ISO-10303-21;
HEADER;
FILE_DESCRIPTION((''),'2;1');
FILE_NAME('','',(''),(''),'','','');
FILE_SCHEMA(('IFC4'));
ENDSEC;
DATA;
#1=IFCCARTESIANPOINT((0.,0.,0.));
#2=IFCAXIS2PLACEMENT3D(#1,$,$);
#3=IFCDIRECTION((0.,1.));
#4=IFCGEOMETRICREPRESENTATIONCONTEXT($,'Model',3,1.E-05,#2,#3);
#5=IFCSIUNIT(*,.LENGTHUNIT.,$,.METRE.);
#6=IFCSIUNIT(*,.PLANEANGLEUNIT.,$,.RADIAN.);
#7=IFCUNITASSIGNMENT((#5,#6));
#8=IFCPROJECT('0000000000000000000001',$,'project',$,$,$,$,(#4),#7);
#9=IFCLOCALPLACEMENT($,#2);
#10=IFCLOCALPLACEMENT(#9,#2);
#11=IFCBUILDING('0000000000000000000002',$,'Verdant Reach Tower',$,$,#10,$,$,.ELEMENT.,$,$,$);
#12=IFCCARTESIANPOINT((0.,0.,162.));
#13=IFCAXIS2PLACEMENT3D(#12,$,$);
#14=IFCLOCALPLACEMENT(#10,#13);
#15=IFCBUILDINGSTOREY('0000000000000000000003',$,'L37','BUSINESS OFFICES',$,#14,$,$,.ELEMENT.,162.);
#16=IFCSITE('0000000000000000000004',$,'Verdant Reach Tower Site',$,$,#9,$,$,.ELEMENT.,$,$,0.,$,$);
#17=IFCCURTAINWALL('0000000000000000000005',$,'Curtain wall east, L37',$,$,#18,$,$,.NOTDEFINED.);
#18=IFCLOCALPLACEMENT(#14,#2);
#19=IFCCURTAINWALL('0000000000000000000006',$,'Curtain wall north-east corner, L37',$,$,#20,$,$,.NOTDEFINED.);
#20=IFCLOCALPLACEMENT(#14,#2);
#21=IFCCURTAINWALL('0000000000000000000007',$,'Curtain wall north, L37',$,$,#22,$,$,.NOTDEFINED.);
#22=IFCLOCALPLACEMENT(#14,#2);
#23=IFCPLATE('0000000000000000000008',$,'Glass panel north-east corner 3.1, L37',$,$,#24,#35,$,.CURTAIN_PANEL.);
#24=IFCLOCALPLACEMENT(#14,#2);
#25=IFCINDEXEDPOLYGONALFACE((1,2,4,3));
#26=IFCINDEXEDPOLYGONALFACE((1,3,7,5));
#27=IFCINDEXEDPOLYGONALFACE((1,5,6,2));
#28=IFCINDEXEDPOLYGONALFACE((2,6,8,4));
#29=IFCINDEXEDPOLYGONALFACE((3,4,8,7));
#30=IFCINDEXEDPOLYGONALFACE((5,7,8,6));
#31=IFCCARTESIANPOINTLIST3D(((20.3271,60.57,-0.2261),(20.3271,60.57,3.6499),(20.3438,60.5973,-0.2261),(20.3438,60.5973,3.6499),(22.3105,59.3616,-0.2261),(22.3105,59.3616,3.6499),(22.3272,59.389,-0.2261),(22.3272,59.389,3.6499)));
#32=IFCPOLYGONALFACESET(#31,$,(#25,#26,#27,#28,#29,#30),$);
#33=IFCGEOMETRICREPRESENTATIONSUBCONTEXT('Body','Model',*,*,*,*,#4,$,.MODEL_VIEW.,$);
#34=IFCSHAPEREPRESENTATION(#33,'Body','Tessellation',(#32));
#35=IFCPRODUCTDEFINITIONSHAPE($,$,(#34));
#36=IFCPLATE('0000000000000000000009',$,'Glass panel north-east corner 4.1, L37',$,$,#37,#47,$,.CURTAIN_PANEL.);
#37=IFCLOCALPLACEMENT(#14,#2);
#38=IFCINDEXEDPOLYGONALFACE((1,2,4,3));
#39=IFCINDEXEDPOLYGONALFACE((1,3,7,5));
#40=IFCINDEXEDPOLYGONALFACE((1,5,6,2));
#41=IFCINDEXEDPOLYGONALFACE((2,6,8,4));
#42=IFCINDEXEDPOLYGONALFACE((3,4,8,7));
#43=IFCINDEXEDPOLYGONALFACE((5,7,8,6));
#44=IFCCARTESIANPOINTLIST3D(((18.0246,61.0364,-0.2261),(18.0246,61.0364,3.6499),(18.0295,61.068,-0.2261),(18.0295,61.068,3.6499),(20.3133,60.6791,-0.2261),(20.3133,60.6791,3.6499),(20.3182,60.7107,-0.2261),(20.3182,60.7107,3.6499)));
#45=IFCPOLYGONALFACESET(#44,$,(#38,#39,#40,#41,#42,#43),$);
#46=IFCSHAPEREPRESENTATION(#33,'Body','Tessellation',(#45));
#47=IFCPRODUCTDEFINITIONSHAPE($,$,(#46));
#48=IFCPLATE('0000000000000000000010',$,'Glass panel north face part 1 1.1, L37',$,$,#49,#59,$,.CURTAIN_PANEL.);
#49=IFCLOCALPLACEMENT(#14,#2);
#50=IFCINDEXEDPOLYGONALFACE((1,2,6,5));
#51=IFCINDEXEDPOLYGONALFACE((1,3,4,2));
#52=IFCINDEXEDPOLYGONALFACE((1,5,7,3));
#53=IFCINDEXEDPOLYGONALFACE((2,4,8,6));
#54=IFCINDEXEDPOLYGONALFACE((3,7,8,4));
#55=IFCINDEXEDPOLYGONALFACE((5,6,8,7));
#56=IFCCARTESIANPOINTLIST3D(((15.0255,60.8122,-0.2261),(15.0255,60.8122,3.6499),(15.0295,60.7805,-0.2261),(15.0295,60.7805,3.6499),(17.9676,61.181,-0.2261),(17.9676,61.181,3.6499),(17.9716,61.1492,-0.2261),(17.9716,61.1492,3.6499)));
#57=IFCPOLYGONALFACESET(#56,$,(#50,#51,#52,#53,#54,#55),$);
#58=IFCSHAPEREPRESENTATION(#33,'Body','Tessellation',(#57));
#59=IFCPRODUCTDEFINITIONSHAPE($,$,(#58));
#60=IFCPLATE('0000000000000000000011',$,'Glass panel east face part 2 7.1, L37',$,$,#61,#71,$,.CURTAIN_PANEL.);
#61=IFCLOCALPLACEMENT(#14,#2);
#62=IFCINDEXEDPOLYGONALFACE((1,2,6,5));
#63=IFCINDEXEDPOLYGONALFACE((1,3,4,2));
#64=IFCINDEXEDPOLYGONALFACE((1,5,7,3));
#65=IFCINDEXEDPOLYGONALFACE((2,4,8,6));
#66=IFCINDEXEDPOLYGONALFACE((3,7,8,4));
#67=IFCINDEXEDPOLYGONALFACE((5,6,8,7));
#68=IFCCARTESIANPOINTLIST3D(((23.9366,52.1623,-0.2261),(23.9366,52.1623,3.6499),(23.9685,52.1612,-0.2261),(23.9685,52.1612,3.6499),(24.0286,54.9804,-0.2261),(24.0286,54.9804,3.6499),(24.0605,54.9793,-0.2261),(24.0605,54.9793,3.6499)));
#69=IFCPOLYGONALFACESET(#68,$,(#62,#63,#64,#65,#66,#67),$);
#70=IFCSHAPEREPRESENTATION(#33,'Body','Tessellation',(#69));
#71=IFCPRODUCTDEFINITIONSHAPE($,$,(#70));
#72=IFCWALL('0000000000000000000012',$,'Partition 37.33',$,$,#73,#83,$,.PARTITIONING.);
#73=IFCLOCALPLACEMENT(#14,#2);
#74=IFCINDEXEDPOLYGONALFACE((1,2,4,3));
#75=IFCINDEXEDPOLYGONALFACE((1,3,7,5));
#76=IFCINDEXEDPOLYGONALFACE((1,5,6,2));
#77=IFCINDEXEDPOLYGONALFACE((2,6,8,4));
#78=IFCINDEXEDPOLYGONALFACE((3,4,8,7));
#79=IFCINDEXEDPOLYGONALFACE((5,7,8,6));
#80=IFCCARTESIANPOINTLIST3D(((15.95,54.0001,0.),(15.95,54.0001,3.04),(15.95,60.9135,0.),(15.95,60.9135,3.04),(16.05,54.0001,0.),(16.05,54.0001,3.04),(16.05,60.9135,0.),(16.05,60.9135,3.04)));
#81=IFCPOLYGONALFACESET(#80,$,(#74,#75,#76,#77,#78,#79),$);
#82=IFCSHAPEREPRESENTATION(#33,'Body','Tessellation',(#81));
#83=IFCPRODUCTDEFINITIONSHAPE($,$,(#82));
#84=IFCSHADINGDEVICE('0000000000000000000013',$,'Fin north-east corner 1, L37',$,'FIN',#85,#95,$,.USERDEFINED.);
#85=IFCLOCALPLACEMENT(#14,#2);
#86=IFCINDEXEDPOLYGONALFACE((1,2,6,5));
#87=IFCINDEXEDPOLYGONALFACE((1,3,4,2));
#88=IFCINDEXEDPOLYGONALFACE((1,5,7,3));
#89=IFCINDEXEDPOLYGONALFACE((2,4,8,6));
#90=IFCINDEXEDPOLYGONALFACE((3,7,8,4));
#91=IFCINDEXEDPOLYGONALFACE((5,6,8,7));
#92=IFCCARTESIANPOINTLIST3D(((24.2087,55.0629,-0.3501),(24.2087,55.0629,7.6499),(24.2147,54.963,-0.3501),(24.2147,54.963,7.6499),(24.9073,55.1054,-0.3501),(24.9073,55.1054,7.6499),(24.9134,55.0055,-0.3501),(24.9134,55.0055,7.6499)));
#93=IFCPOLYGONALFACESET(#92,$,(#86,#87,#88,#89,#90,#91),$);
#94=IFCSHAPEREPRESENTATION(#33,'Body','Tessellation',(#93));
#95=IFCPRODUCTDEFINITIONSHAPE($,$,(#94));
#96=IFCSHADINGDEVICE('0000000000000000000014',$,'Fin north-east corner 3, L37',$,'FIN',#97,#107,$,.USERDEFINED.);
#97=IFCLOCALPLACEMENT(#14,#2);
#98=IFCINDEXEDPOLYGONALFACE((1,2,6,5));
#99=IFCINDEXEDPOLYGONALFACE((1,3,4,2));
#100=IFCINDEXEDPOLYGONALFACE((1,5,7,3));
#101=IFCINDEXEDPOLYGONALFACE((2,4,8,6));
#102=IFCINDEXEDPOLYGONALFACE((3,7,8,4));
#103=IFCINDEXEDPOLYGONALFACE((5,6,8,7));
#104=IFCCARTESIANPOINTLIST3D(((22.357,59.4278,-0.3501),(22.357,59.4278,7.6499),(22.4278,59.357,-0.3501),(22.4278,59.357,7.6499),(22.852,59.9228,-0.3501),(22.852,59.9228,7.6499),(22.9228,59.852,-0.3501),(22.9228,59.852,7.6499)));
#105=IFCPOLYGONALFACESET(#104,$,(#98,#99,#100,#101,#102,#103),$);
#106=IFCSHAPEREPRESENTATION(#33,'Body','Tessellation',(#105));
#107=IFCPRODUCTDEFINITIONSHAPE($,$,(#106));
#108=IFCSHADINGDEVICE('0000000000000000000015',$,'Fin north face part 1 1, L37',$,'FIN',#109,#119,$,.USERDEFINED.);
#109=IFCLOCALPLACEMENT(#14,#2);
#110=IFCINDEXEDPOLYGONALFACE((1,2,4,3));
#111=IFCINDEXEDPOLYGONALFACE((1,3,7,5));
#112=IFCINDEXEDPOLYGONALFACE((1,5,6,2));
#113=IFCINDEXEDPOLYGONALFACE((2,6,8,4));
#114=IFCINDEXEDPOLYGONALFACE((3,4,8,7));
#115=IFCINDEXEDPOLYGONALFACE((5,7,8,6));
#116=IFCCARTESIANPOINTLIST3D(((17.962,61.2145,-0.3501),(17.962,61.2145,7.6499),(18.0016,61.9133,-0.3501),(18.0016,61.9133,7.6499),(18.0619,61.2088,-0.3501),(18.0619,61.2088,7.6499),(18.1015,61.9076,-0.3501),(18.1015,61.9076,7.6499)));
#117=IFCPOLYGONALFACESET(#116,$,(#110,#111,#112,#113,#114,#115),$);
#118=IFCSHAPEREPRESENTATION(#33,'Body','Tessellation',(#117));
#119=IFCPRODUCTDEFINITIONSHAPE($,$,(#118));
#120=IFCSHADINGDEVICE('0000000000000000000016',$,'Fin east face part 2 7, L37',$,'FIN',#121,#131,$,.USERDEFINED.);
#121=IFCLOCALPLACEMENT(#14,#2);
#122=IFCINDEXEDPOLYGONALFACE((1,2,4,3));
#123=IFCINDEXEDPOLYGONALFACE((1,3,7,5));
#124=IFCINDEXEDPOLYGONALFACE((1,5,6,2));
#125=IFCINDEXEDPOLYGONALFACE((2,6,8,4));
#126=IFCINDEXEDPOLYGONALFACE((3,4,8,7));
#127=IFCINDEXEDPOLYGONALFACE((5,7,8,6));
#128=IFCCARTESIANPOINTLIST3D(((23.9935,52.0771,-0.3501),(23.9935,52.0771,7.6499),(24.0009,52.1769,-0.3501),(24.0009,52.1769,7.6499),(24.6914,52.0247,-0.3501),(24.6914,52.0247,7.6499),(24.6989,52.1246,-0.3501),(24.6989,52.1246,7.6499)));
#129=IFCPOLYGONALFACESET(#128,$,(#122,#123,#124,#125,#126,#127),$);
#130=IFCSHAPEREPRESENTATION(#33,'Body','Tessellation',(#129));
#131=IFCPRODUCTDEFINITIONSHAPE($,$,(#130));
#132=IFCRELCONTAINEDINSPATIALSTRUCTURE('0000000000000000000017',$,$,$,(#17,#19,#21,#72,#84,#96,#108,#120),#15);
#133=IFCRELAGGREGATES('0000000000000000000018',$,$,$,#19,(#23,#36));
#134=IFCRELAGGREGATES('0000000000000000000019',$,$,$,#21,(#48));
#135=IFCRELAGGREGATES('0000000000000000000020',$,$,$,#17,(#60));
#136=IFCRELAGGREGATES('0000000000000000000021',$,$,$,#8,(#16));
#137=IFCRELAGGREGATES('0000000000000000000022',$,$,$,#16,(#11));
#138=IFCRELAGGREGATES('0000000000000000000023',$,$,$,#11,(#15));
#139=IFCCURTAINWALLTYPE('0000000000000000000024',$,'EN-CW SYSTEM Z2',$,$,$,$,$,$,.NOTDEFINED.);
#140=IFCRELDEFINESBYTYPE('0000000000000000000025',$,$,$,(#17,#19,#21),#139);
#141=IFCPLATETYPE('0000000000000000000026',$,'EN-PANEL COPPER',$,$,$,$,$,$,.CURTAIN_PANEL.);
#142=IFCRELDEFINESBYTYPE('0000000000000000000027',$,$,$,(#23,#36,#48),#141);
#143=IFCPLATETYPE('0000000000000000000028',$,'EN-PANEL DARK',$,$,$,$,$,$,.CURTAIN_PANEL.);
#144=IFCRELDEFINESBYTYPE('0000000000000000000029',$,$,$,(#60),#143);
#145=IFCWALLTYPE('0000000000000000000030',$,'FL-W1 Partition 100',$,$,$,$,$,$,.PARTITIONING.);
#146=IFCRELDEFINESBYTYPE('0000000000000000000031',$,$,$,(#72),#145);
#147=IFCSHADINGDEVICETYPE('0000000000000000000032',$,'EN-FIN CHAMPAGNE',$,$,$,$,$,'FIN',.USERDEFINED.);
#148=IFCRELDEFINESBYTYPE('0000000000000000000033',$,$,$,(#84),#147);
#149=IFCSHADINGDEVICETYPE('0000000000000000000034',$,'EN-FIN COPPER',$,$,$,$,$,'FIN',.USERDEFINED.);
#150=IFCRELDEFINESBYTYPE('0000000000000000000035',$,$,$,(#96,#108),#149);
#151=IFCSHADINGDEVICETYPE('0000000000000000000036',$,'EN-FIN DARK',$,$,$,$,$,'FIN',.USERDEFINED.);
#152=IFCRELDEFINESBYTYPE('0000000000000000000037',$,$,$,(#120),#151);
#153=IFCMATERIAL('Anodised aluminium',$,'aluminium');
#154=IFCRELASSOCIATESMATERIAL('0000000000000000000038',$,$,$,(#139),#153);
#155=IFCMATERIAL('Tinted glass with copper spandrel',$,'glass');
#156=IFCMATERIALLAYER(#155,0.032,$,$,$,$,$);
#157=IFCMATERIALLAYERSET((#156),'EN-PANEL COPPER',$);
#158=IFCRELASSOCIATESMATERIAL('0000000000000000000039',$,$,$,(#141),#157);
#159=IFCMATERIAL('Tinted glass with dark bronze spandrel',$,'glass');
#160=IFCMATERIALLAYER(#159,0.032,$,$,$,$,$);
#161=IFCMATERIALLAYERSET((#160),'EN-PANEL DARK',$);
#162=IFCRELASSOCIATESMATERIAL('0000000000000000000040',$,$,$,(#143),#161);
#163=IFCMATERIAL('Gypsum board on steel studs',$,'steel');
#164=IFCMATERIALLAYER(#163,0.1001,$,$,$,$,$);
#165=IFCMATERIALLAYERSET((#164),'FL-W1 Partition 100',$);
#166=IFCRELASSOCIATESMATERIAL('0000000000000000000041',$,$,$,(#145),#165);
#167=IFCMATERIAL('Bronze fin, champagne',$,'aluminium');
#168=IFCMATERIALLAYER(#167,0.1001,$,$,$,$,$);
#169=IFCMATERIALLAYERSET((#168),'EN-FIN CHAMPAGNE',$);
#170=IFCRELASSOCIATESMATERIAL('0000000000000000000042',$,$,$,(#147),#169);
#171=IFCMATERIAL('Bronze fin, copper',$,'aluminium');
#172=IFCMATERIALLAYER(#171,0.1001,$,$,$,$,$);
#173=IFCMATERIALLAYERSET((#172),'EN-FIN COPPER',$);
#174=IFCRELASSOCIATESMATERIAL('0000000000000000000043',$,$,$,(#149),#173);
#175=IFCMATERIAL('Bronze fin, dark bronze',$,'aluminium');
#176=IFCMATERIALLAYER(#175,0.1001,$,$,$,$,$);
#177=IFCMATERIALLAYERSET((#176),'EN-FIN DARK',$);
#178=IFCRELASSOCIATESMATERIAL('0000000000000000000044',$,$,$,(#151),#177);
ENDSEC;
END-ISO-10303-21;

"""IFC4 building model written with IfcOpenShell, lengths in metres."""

from ifc_helpers import new_model, si_unit, direction, frame, frame_2d, origin, origin_2d, place, context, subcontext, project, spatial, rectangle, extrude, material, layer, layer_set, type_object, element, aggregate, save


model = new_model("IFC4")

# Units and contexts
model_context = context("Model", 3, precision=1e-05, world=origin(), true_north=direction((0.0, 1.0)))
body_context = subcontext(model_context, "Body", "Model", "MODEL_VIEW")
ifc_project = project(units=[si_unit("LENGTHUNIT", "METRE"), si_unit("PLANEANGLEUNIT", "RADIAN")], contexts=[model_context])

# Site, building, storey
site_placement = place(None, origin())
site = spatial("IfcSite", under=ifc_project, at=site_placement, Name="Verdant Reach Tower Site", CompositionType="ELEMENT", RefElevation=0.0)
building_placement = place(site_placement, origin())
building = spatial("IfcBuilding", under=site, at=building_placement, Name="Verdant Reach Tower", CompositionType="ELEMENT")
storey_placement = place(building_placement, frame((0.0, 0.0, 162.0)))
storey = spatial("IfcBuildingStorey", under=building, at=storey_placement, Name="L37", Description="BUSINESS OFFICES", CompositionType="ELEMENT", Elevation=162.0)

# Curtain wall
ifc_material_1 = material(Name="Anodised aluminium", Category="aluminium")
curtain_wall_type = type_object("IfcCurtainWallType", Name="EN-CW SYSTEM Z2", PredefinedType="NOTDEFINED", material=ifc_material_1)
curtain_wall_1_placement = place(storey_placement, origin())
curtain_wall_1 = element("IfcCurtainWall", 1, at=curtain_wall_1_placement, inside=storey, type_object=curtain_wall_type, Name="Curtain wall east, L37", PredefinedType="NOTDEFINED")

# Curtain walls
curtain_wall_2_placement = place(storey_placement, origin())
curtain_wall_2 = element("IfcCurtainWall", 2, at=curtain_wall_2_placement, inside=storey, type_object=curtain_wall_type, Name="Curtain wall north-east corner, L37", PredefinedType="NOTDEFINED")
curtain_wall_3_placement = place(storey_placement, origin())
curtain_wall_3 = element("IfcCurtainWall", 3, at=curtain_wall_3_placement, inside=storey, type_object=curtain_wall_type, Name="Curtain wall north, L37", PredefinedType="NOTDEFINED")

# Plates
ifc_material_2 = material(Name="Tinted glass with copper spandrel", Category="glass")
ifc_layer_1 = layer(ifc_material_2, 0.032)
ifc_layer_set_1 = layer_set([ifc_layer_1], Name="EN-PANEL COPPER")
plate_type_1 = type_object("IfcPlateType", Name="EN-PANEL COPPER", PredefinedType="CURTAIN_PANEL", material=ifc_layer_set_1)
plate_1_placement = place(storey_placement, frame((21.3271, 59.9795, -0.2261), z_axis=(0.0, 0.0, 1.0), x_axis=(-0.853989, 0.520292, 0.0)))
plate_1 = element("IfcPlate", 4, at=plate_1_placement, type_object=plate_type_1, Name="Glass panel north-east corner 3.1, L37", PredefinedType="CURTAIN_PANEL", context=body_context, shape_type="SweptSolid", body=[
    extrude(rectangle(XDim=2.3225, YDim=0.032, at=origin_2d()), origin(), (0.0, 0.0, 1.0), 3.876),
])
plate_2_placement = place(storey_placement, frame((19.1714, 60.8735, -0.2261), z_axis=(0.0, 0.0, 1.0), x_axis=(-0.988031, 0.154256, 0.0)))
plate_2 = element("IfcPlate", 5, at=plate_2_placement, type_object=plate_type_1, Name="Glass panel north-east corner 4.1, L37", PredefinedType="CURTAIN_PANEL", context=body_context, shape_type="SweptSolid", body=[
    extrude(rectangle(XDim=2.3164, YDim=0.032, at=origin_2d()), origin(), (0.0, 0.0, 1.0), 3.876),
])
aggregate(curtain_wall_2, [plate_1, plate_2])
plate_3_placement = place(storey_placement, frame((16.4985, 60.9807, -0.2261), z_axis=(0.0, 0.0, 1.0), x_axis=(-0.992237, -0.124365, 0.0)))
plate_3 = element("IfcPlate", 6, at=plate_3_placement, type_object=plate_type_1, Name="Glass panel north face part 1 1.1, L37", PredefinedType="CURTAIN_PANEL", context=body_context, shape_type="SweptSolid", body=[
    extrude(rectangle(XDim=2.9651, YDim=0.032, at=origin_2d()), origin(), (0.0, 0.0, 1.0), 3.876),
])
aggregate(curtain_wall_3, [plate_3])
ifc_material_3 = material(Name="Tinted glass with dark bronze spandrel", Category="glass")
ifc_layer_2 = layer(ifc_material_3, 0.032)
ifc_layer_set_2 = layer_set([ifc_layer_2], Name="EN-PANEL DARK")
plate_type_2 = type_object("IfcPlateType", Name="EN-PANEL DARK", PredefinedType="CURTAIN_PANEL", material=ifc_layer_set_2)
plate_4_placement = place(storey_placement, frame((23.9985, 53.5708, -0.2261), z_axis=(0.0, 0.0, 1.0), x_axis=(0.032628, 0.999468, 0.0)))
plate_4 = element("IfcPlate", 7, at=plate_4_placement, type_object=plate_type_2, Name="Glass panel east face part 2 7.1, L37", PredefinedType="CURTAIN_PANEL", context=body_context, shape_type="SweptSolid", body=[
    extrude(rectangle(XDim=2.8196, YDim=0.032, at=origin_2d()), origin(), (0.0, 0.0, 1.0), 3.876),
])
aggregate(curtain_wall_1, [plate_4])

# Wall
ifc_material_4 = material(Name="Gypsum board on steel studs", Category="steel")
ifc_layer_3 = layer(ifc_material_4, 0.1001)
ifc_layer_set_3 = layer_set([ifc_layer_3], Name="FL-W1 Partition 100")
wall_type = type_object("IfcWallType", Name="FL-W1 Partition 100", PredefinedType="PARTITIONING", material=ifc_layer_set_3)
wall_placement = place(storey_placement, frame((16.0, 60.9133, 0.0), z_axis=(0.0, 0.0, 1.0), x_axis=(0.0, -1.0, 0.0)))
element("IfcWall", 8, at=wall_placement, inside=storey, type_object=wall_type, Name="Partition 37.33", PredefinedType="PARTITIONING", context=body_context, shape_type="SweptSolid", body=[
    extrude(rectangle(XDim=6.9133, YDim=0.1001, at=frame_2d((3.4565, 0.0))), origin(), (0.0, 0.0, 1.0), 3.04),
])

# Shading devices
ifc_material_5 = material(Name="Bronze fin, champagne", Category="aluminium")
ifc_layer_4 = layer(ifc_material_5, 0.1001)
ifc_layer_set_4 = layer_set([ifc_layer_4], Name="EN-FIN CHAMPAGNE")
shading_device_type_1 = type_object("IfcShadingDeviceType", Name="EN-FIN CHAMPAGNE", ElementType="FIN", PredefinedType="USERDEFINED", material=ifc_layer_set_4)
shading_device_1_placement = place(storey_placement, frame((24.561, 55.0342, -0.3501), z_axis=(0.0, 0.0, 1.0), x_axis=(-0.060703, 0.998156, 0.0)))
element("IfcShadingDevice", 9, at=shading_device_1_placement, inside=storey, type_object=shading_device_type_1, Name="Fin north-east corner 1, L37", ObjectType="FIN", PredefinedType="USERDEFINED", context=body_context, shape_type="SweptSolid", body=[
    extrude(rectangle(XDim=0.1001, YDim=0.7, at=origin_2d()), origin(), (0.0, 0.0, 1.0), 8.0),
])
ifc_material_6 = material(Name="Bronze fin, copper", Category="aluminium")
ifc_layer_5 = layer(ifc_material_6, 0.1001)
ifc_layer_set_5 = layer_set([ifc_layer_5], Name="EN-FIN COPPER")
shading_device_type_2 = type_object("IfcShadingDeviceType", Name="EN-FIN COPPER", ElementType="FIN", PredefinedType="USERDEFINED", material=ifc_layer_set_5)
for number, where, z_axis, x_axis, name in (
    (10, (22.6399, 59.6399, -0.3501), (0.0, 0.0, 1.0), (-0.707107, 0.707107, 0.0), "Fin north-east corner 3, L37"),
    (11, (18.0317, 61.561, -0.3501), (0.0, 0.0, 1.0), (-0.998399, 0.056569, 0.0), "Fin north face part 1 1, L37"),
):
    element("IfcShadingDevice", number, at=place(storey_placement, frame(where, z_axis=z_axis, x_axis=x_axis)), inside=storey, type_object=shading_device_type_2, Name=name, ObjectType="FIN", PredefinedType="USERDEFINED", context=body_context, shape_type="SweptSolid", body=[
        extrude(rectangle(XDim=0.1001, YDim=0.7, at=origin_2d()), origin(), (0.0, 0.0, 1.0), 8.0),
    ])
ifc_material_7 = material(Name="Bronze fin, dark bronze", Category="aluminium")
ifc_layer_6 = layer(ifc_material_7, 0.1001)
ifc_layer_set_6 = layer_set([ifc_layer_6], Name="EN-FIN DARK")
shading_device_type_3 = type_object("IfcShadingDeviceType", Name="EN-FIN DARK", ElementType="FIN", PredefinedType="USERDEFINED", material=ifc_layer_set_6)
shading_device_2_placement = place(storey_placement, frame((24.3462, 52.1008, -0.3501), z_axis=(0.0, 0.0, 1.0), x_axis=(0.07479, 0.997199, 0.0)))
element("IfcShadingDevice", 12, at=shading_device_2_placement, inside=storey, type_object=shading_device_type_3, Name="Fin east face part 2 7, L37", ObjectType="FIN", PredefinedType="USERDEFINED", context=body_context, shape_type="SweptSolid", body=[
    extrude(rectangle(XDim=0.1001, YDim=0.7, at=origin_2d()), origin(), (0.0, 0.0, 1.0), 8.0),
])

save(model, "model.ifc")
